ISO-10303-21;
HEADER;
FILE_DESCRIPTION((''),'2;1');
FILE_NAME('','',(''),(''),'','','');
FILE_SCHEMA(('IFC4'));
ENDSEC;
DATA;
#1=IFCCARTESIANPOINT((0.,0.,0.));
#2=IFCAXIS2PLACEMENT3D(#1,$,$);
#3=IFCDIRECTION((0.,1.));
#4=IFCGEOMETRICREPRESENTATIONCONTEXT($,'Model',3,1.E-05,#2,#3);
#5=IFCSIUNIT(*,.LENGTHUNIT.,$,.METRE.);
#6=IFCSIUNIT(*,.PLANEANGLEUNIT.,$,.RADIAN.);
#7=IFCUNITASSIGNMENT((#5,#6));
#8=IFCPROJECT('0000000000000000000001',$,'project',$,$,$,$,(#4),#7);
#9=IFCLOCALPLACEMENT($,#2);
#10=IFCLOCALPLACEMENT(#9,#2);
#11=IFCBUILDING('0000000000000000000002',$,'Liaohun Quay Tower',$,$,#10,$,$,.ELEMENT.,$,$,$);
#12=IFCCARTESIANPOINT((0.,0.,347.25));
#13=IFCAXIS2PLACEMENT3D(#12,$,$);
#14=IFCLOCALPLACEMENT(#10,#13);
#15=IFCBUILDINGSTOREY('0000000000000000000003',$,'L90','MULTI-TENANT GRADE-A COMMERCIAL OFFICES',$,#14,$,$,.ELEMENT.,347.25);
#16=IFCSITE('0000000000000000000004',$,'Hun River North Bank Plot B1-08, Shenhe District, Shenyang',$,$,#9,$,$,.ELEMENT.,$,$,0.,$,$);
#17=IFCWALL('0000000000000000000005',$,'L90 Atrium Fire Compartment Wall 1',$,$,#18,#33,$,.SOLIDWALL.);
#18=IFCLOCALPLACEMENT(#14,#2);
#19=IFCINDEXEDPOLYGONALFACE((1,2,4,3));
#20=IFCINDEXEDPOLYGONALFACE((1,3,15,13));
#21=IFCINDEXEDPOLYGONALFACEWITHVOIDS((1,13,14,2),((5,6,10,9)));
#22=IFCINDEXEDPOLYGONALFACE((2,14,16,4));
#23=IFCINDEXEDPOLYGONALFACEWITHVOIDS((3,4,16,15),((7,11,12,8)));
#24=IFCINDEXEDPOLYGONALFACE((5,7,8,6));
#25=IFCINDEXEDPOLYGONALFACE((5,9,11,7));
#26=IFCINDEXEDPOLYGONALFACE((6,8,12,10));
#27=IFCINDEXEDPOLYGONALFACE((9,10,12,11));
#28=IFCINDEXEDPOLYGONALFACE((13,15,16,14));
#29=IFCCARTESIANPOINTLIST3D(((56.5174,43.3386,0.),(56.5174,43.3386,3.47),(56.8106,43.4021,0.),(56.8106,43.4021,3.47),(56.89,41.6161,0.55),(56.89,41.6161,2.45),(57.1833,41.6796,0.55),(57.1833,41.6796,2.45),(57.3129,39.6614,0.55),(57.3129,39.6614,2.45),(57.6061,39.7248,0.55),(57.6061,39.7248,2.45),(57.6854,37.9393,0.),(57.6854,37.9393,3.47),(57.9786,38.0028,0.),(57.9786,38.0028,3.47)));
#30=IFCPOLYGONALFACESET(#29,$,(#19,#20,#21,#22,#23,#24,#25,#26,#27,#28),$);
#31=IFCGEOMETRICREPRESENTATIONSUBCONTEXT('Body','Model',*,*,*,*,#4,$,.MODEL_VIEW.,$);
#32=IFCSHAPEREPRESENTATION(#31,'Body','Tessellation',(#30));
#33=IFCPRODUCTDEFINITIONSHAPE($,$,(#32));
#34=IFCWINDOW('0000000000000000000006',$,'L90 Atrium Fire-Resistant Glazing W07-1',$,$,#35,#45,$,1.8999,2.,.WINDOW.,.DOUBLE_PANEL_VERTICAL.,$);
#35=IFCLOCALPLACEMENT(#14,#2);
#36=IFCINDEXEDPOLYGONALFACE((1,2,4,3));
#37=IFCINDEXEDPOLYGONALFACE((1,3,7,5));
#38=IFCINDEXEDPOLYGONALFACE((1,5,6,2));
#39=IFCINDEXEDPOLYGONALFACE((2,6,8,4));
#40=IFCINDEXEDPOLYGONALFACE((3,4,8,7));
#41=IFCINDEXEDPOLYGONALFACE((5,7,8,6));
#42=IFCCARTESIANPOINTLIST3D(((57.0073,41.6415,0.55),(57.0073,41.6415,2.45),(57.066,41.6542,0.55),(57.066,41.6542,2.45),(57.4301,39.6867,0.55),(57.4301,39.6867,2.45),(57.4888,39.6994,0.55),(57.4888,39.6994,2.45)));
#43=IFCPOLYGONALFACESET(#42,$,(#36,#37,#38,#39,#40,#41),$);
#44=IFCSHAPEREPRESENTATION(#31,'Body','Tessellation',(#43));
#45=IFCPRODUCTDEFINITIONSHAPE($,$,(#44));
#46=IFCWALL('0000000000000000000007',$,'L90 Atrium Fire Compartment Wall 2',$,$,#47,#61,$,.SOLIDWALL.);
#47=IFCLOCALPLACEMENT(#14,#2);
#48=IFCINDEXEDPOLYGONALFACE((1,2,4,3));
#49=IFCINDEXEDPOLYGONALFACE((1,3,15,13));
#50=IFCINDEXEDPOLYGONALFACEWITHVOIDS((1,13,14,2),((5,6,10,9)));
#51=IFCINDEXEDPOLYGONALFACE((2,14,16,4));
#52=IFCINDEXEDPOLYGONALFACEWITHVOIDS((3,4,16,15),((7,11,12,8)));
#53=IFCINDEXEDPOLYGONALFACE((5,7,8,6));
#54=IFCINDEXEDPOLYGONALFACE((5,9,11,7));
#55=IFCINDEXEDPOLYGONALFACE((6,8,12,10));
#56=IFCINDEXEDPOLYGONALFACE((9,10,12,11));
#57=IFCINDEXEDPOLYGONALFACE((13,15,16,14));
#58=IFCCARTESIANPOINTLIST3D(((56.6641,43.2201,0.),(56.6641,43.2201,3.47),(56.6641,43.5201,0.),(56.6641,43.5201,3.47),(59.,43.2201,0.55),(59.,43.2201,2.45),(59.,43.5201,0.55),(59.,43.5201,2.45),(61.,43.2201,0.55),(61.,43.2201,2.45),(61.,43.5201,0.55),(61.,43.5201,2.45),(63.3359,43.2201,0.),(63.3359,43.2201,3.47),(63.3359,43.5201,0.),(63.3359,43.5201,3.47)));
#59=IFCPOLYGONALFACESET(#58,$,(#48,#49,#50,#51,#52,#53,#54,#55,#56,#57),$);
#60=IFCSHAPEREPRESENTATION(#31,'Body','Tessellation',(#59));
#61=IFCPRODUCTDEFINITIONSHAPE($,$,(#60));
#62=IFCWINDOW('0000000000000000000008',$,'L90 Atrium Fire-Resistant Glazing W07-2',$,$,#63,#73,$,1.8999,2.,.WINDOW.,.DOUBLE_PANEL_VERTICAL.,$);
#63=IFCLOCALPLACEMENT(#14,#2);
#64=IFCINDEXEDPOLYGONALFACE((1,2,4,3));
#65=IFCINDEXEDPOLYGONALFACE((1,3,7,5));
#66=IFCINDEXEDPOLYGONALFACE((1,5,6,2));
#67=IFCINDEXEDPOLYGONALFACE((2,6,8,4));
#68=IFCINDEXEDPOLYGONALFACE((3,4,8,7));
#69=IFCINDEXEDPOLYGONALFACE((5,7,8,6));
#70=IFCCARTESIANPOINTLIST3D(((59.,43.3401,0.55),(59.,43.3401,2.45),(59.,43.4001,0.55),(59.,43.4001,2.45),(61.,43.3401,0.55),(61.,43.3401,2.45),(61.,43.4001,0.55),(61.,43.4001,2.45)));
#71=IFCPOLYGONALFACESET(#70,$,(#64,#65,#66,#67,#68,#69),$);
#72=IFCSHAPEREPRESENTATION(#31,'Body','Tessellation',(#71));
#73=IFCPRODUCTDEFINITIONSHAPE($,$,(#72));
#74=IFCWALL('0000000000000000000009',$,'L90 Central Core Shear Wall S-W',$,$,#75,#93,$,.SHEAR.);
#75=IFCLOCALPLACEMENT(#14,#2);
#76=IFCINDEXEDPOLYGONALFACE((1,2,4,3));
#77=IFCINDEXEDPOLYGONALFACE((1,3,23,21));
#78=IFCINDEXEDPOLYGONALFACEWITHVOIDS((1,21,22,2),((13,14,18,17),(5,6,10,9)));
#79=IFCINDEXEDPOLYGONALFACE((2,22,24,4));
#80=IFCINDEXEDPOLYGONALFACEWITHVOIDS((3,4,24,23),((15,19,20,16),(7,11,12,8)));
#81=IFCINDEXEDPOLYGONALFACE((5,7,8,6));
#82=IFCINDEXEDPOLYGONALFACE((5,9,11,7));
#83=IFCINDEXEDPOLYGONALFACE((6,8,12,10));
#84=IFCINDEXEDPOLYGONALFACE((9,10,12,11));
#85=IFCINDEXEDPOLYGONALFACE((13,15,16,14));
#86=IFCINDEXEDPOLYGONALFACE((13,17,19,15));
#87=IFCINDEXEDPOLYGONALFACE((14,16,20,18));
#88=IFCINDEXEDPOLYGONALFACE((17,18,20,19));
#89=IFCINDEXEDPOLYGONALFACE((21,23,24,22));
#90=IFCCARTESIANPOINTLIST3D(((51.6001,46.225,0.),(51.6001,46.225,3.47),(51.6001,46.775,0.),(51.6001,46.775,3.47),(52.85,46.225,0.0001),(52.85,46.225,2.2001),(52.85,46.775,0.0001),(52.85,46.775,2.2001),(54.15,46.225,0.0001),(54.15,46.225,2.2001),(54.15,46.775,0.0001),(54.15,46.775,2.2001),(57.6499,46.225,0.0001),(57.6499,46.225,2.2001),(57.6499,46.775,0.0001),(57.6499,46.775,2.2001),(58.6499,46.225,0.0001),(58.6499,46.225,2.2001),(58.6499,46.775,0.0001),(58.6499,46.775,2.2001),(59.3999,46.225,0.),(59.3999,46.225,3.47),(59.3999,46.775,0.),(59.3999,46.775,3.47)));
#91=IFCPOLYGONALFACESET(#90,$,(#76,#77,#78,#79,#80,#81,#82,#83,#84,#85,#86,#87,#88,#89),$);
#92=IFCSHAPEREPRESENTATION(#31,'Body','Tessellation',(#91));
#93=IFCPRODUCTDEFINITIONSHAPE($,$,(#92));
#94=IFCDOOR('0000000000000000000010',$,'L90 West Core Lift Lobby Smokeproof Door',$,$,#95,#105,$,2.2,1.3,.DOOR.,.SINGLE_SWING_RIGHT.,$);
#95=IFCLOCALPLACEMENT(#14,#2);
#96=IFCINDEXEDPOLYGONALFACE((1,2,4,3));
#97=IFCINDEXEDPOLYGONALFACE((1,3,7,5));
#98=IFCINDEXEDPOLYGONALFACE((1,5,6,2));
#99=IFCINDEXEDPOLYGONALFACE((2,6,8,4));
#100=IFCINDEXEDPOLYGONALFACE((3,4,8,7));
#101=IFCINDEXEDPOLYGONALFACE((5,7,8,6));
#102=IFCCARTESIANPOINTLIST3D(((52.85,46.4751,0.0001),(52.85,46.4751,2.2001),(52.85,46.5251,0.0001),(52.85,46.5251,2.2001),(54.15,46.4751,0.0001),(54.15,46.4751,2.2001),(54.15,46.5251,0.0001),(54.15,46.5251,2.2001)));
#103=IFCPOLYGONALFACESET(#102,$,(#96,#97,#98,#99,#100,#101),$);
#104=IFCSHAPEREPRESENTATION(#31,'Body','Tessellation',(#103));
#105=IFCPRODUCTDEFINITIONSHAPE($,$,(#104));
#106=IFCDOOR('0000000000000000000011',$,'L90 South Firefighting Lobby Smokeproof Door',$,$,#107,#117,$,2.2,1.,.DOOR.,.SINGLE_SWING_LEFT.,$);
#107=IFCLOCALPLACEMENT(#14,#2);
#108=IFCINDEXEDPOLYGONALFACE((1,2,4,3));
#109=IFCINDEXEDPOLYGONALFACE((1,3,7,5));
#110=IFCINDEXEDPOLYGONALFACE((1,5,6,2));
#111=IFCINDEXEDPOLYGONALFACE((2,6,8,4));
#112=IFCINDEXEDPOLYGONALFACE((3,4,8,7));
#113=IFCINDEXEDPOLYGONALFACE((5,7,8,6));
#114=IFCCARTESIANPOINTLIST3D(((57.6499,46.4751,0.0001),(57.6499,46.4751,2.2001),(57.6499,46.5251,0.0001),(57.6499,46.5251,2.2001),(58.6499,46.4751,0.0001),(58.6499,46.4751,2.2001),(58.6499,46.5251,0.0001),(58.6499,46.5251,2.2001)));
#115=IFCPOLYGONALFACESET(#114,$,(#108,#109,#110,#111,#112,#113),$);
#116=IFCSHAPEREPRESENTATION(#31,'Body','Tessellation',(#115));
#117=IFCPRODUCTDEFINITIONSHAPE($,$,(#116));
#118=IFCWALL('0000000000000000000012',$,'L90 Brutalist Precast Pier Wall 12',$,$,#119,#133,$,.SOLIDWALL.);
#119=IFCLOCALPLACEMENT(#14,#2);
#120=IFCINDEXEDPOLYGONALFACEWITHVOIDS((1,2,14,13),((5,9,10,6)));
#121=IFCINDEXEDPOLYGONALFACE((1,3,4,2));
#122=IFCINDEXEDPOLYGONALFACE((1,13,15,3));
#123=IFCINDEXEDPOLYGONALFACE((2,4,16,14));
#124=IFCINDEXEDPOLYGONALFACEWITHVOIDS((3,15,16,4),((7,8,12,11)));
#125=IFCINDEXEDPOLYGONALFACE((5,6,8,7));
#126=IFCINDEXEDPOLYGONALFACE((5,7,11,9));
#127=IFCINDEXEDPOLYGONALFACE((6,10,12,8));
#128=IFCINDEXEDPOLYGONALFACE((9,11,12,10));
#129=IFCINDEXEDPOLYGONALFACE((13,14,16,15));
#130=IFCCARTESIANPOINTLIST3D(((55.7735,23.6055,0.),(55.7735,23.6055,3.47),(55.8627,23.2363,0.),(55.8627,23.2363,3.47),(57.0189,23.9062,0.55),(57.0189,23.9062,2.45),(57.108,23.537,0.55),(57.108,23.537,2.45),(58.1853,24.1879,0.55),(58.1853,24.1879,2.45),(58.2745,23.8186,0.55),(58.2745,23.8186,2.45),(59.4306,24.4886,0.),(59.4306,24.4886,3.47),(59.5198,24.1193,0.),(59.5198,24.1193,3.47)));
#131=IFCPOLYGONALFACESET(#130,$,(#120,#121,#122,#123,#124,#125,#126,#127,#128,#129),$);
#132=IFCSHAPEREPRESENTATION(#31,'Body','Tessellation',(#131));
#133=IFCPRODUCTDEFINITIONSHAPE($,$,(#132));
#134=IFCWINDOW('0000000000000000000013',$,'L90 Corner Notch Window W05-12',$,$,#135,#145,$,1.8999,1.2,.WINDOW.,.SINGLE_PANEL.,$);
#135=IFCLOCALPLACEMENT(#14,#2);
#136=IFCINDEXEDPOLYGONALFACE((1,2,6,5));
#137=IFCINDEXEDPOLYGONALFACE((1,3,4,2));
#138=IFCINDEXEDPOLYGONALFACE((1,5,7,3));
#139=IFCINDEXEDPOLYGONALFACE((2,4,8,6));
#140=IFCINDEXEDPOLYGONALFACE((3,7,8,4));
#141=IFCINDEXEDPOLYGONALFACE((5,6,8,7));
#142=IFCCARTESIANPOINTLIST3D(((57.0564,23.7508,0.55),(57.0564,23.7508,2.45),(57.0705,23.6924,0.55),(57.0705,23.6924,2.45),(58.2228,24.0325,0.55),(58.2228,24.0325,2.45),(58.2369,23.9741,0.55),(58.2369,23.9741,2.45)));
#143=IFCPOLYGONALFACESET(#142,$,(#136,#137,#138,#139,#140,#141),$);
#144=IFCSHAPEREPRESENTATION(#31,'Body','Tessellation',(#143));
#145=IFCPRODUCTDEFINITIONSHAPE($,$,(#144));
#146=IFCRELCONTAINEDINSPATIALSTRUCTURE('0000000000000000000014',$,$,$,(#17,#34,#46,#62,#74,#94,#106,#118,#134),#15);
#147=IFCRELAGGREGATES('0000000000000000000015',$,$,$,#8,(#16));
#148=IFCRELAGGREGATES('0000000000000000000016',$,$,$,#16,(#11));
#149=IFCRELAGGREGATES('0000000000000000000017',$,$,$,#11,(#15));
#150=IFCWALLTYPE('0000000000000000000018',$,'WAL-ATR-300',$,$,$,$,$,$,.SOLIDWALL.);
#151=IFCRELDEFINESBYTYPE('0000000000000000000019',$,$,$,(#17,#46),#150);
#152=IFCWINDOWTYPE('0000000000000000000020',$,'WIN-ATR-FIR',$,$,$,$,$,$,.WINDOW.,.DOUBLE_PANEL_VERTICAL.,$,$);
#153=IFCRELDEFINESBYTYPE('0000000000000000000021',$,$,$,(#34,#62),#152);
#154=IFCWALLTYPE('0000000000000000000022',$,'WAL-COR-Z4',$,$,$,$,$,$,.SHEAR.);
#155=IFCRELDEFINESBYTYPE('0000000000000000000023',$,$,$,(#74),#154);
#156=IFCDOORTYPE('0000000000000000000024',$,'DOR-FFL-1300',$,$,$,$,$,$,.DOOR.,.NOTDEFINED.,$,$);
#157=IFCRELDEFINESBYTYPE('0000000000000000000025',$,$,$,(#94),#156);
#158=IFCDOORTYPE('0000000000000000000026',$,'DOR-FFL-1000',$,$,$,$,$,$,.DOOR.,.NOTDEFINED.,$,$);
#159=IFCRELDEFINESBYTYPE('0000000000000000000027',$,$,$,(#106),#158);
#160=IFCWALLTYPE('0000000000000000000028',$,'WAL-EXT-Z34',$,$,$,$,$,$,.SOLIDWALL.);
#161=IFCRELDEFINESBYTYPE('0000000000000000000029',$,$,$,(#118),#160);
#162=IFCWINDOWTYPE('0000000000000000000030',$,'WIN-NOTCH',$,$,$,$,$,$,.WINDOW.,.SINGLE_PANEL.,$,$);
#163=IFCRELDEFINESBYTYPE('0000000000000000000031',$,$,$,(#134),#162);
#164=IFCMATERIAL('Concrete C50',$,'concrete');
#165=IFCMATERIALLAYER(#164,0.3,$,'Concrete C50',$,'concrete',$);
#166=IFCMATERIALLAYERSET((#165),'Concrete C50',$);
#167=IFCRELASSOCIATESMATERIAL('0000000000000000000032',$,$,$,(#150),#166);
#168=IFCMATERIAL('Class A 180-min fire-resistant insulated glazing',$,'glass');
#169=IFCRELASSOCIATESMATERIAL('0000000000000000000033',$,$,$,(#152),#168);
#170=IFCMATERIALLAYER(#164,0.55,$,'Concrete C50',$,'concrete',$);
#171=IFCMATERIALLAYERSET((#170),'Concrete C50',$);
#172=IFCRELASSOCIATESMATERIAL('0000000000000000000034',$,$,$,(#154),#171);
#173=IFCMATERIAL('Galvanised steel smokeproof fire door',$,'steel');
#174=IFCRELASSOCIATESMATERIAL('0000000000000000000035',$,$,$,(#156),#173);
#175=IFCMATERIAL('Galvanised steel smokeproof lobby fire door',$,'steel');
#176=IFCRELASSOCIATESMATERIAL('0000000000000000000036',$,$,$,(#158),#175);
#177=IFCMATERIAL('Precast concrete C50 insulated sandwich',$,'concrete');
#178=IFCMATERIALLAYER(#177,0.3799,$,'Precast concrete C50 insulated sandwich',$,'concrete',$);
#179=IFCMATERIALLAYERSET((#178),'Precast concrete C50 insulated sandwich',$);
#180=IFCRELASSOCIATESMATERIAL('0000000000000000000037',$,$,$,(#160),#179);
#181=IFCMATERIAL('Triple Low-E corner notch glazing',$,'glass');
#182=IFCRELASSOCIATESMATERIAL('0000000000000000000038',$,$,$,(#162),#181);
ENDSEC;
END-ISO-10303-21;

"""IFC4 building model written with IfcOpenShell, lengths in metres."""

from ifc_helpers import new_model, si_unit, direction, frame, frame_2d, origin, place, context, subcontext, project, spatial, rectangle, extrude, source, transform, mapped, material, layer, layer_set, type_object, element, fill, save


model = new_model("IFC4")

# Units and contexts
model_context = context("Model", 3, precision=1e-05, world=origin(), true_north=direction((0.0, 1.0)))
body_context = subcontext(model_context, "Body", "Model", "MODEL_VIEW")
ifc_project = project(units=[si_unit("LENGTHUNIT", "METRE"), si_unit("PLANEANGLEUNIT", "RADIAN")], contexts=[model_context])

# Site, building, storey
site_placement = place(None, origin())
site = spatial("IfcSite", under=ifc_project, at=site_placement, Name="Hun River North Bank Plot B1-08, Shenhe District, Shenyang", CompositionType="ELEMENT", RefElevation=0.0)
building_placement = place(site_placement, origin())
building = spatial("IfcBuilding", under=site, at=building_placement, Name="Liaohun Quay Tower", CompositionType="ELEMENT")
storey_placement = place(building_placement, frame((0.0, 0.0, 347.25)))
storey = spatial("IfcBuildingStorey", under=building, at=storey_placement, Name="L90", Description="MULTI-TENANT GRADE-A COMMERCIAL OFFICES", CompositionType="ELEMENT", Elevation=347.25)

# Shared definitions
ifc_material_1 = material(Name="Concrete C50", Category="concrete")

# Walls, openings, windows
ifc_layer_1 = layer(ifc_material_1, 0.3, Name="Concrete C50", Category="concrete")
ifc_layer_set_1 = layer_set([ifc_layer_1], Name="Concrete C50")
wall_type_1 = type_object("IfcWallType", Name="WAL-ATR-300", PredefinedType="SOLIDWALL", material=ifc_layer_set_1)
wall_1_placement = place(storey_placement, frame((57.832, 37.9709, 0.0), z_axis=(0.0, 0.0, 1.0), x_axis=(-0.211433, 0.977392, 0.0)))
wall_1 = element("IfcWall", 1, at=wall_1_placement, inside=storey, type_object=wall_type_1, Name="L90 Atrium Fire Compartment Wall 1", PredefinedType="SOLIDWALL", context=body_context, shape_type="SweptSolid", body=[
    extrude(rectangle(XDim=5.5242, YDim=0.3, at=frame_2d((2.7622, 0.0))), origin(), (0.0, 0.0, 1.0), 3.47),
])
shared_shape_1 = source(origin(), body_context, "Body", "SweptSolid", [
    extrude(rectangle(XDim=2.0, YDim=1.8999, at=frame_2d((1.0, 0.95))), frame((0.0, 0.1599, 0.0), z_axis=(0.0, -1.0, 0.0), x_axis=(1.0, 0.0, 0.0)), (0.0, 0.0, 1.0), 0.3201),
])
opening_1_placement = place(wall_1_placement, frame((1.762, 0.0, 0.55)))
opening_1 = element("IfcOpeningElement", 2, at=opening_1_placement, cuts=wall_1, PredefinedType="OPENING", context=body_context, shape_type="MappedRepresentation", body=[
    mapped(shared_shape_1, transform((0.0, 0.0, 0.0), x_axis=(1.0, 0.0, 0.0), y_axis=(0.0, 1.0, 0.0), z_axis=(0.0, 0.0, 1.0), scale=1.0)),
])
ifc_material_2 = material(Name="Class A 180-min fire-resistant insulated glazing", Category="glass")
window_type_1 = type_object("IfcWindowType", Name="WIN-ATR-FIR", PartitioningType="DOUBLE_PANEL_VERTICAL", PredefinedType="WINDOW", material=ifc_material_2)
shared_shape_2 = source(origin(), body_context, "Body", "SweptSolid", [
    extrude(rectangle(XDim=2.0, YDim=1.8999, at=frame_2d((1.0, 0.95))), frame((0.0, 0.03, 0.0), z_axis=(0.0, -1.0, 0.0), x_axis=(1.0, 0.0, 0.0)), (0.0, 0.0, 1.0), 0.0601),
])
window_1_placement = place(opening_1_placement, origin())
window_1 = element("IfcWindow", 3, at=window_1_placement, inside=storey, type_object=window_type_1, Name="L90 Atrium Fire-Resistant Glazing W07-1", OverallHeight=1.8999, OverallWidth=2.0, PartitioningType="DOUBLE_PANEL_VERTICAL", PredefinedType="WINDOW", context=body_context, shape_type="MappedRepresentation", body=[
    mapped(shared_shape_2, transform((0.0, 0.0, 0.0), x_axis=(1.0, 0.0, 0.0), y_axis=(0.0, 1.0, 0.0), z_axis=(0.0, 0.0, 1.0), scale=1.0)),
])
fill(opening_1, window_1)
wall_2_placement = place(storey_placement, frame((56.6641, 43.3701, 0.0), z_axis=(0.0, 0.0, 1.0), x_axis=(1.0, 0.0, 0.0)))
wall_2 = element("IfcWall", 4, at=wall_2_placement, inside=storey, type_object=wall_type_1, Name="L90 Atrium Fire Compartment Wall 2", PredefinedType="SOLIDWALL", context=body_context, shape_type="SweptSolid", body=[
    extrude(rectangle(XDim=6.6719, YDim=0.3, at=frame_2d((3.3359, 0.0))), origin(), (0.0, 0.0, 1.0), 3.47),
])
opening_2_placement = place(wall_2_placement, frame((2.3359, 0.0, 0.55)))
opening_2 = element("IfcOpeningElement", 5, at=opening_2_placement, cuts=wall_2, PredefinedType="OPENING", context=body_context, shape_type="MappedRepresentation", body=[
    mapped(shared_shape_1, transform((0.0, 0.0, 0.0), x_axis=(1.0, 0.0, 0.0), y_axis=(0.0, 1.0, 0.0), z_axis=(0.0, 0.0, 1.0), scale=1.0)),
])
window_2_placement = place(opening_2_placement, origin())
window_2 = element("IfcWindow", 6, at=window_2_placement, inside=storey, type_object=window_type_1, Name="L90 Atrium Fire-Resistant Glazing W07-2", OverallHeight=1.8999, OverallWidth=2.0, PartitioningType="DOUBLE_PANEL_VERTICAL", PredefinedType="WINDOW", context=body_context, shape_type="MappedRepresentation", body=[
    mapped(shared_shape_2, transform((0.0, 0.0, 0.0), x_axis=(1.0, 0.0, 0.0), y_axis=(0.0, 1.0, 0.0), z_axis=(0.0, 0.0, 1.0), scale=1.0)),
])
fill(opening_2, window_2)

# Wall, openings, doors
ifc_layer_2 = layer(ifc_material_1, 0.55, Name="Concrete C50", Category="concrete")
ifc_layer_set_2 = layer_set([ifc_layer_2], Name="Concrete C50")
wall_type_2 = type_object("IfcWallType", Name="WAL-COR-Z4", PredefinedType="SHEAR", material=ifc_layer_set_2)
wall_3_placement = place(storey_placement, frame((59.3999, 46.5, 0.0), z_axis=(0.0, 0.0, 1.0), x_axis=(-1.0, 0.0, 0.0)))
wall_3 = element("IfcWall", 7, at=wall_3_placement, inside=storey, type_object=wall_type_2, Name="L90 Central Core Shear Wall S-W", PredefinedType="SHEAR", context=body_context, shape_type="SweptSolid", body=[
    extrude(rectangle(XDim=7.7998, YDim=0.55, at=frame_2d((3.8999, 0.0))), origin(), (0.0, 0.0, 1.0), 3.47),
])
shared_shape_3 = source(origin(), body_context, "Body", "SweptSolid", [
    extrude(rectangle(XDim=1.3, YDim=2.2, at=frame_2d((0.6499, 1.1001))), frame((0.0, 0.2849, 0.0), z_axis=(0.0, -1.0, 0.0), x_axis=(1.0, 0.0, 0.0)), (0.0, 0.0, 1.0), 0.5701),
])
opening_3_placement = place(wall_3_placement, frame((5.25, 0.0, 0.0)))
opening_3 = element("IfcOpeningElement", 8, at=opening_3_placement, cuts=wall_3, PredefinedType="OPENING", context=body_context, shape_type="MappedRepresentation", body=[
    mapped(shared_shape_3, transform((0.0, 0.0, 0.0), x_axis=(1.0, 0.0, 0.0), y_axis=(0.0, 1.0, 0.0), z_axis=(0.0, 0.0, 1.0), scale=1.0)),
])
shared_shape_4 = source(origin(), body_context, "Body", "SweptSolid", [
    extrude(rectangle(XDim=1.0, YDim=2.2, at=frame_2d((0.5, 1.1001))), frame((0.0, 0.2849, 0.0), z_axis=(0.0, -1.0, 0.0), x_axis=(1.0, 0.0, 0.0)), (0.0, 0.0, 1.0), 0.5701),
])
opening_4_placement = place(wall_3_placement, frame((0.75, 0.0, 0.0)))
opening_4 = element("IfcOpeningElement", 9, at=opening_4_placement, cuts=wall_3, PredefinedType="OPENING", context=body_context, shape_type="MappedRepresentation", body=[
    mapped(shared_shape_4, transform((0.0, 0.0, 0.0), x_axis=(1.0, 0.0, 0.0), y_axis=(0.0, 1.0, 0.0), z_axis=(0.0, 0.0, 1.0), scale=1.0)),
])
ifc_material_3 = material(Name="Galvanised steel smokeproof fire door", Category="steel")
door_type_1 = type_object("IfcDoorType", Name="DOR-FFL-1300", OperationType="NOTDEFINED", PredefinedType="DOOR", material=ifc_material_3)
shared_shape_5 = source(origin(), body_context, "Body", "SweptSolid", [
    extrude(rectangle(XDim=1.3, YDim=2.2, at=frame_2d((0.6499, 1.1001))), frame((0.0, 0.0249, 0.0), z_axis=(0.0, -1.0, 0.0), x_axis=(1.0, 0.0, 0.0)), (0.0, 0.0, 1.0), 0.05),
])
door_1_placement = place(opening_3_placement, origin())
door_1 = element("IfcDoor", 10, at=door_1_placement, inside=storey, type_object=door_type_1, Name="L90 West Core Lift Lobby Smokeproof Door", OperationType="SINGLE_SWING_RIGHT", OverallHeight=2.2, OverallWidth=1.3, PredefinedType="DOOR", context=body_context, shape_type="MappedRepresentation", body=[
    mapped(shared_shape_5, transform((0.0, 0.0, 0.0), x_axis=(1.0, 0.0, 0.0), y_axis=(0.0, 1.0, 0.0), z_axis=(0.0, 0.0, 1.0), scale=1.0)),
])
fill(opening_3, door_1)
ifc_material_4 = material(Name="Galvanised steel smokeproof lobby fire door", Category="steel")
door_type_2 = type_object("IfcDoorType", Name="DOR-FFL-1000", OperationType="NOTDEFINED", PredefinedType="DOOR", material=ifc_material_4)
shared_shape_6 = source(origin(), body_context, "Body", "SweptSolid", [
    extrude(rectangle(XDim=1.0, YDim=2.2, at=frame_2d((0.5, 1.1001))), frame((0.0, 0.0249, 0.0), z_axis=(0.0, -1.0, 0.0), x_axis=(1.0, 0.0, 0.0)), (0.0, 0.0, 1.0), 0.05),
])
door_2_placement = place(opening_4_placement, origin())
door_2 = element("IfcDoor", 11, at=door_2_placement, inside=storey, type_object=door_type_2, Name="L90 South Firefighting Lobby Smokeproof Door", OperationType="SINGLE_SWING_LEFT", OverallHeight=2.2, OverallWidth=1.0, PredefinedType="DOOR", context=body_context, shape_type="MappedRepresentation", body=[
    mapped(shared_shape_6, transform((0.0, 0.0, 0.0), x_axis=(1.0, 0.0, 0.0), y_axis=(0.0, 1.0, 0.0), z_axis=(0.0, 0.0, 1.0), scale=1.0)),
])
fill(opening_4, door_2)

# Wall, opening, window
ifc_material_5 = material(Name="Precast concrete C50 insulated sandwich", Category="concrete")
ifc_layer_3 = layer(ifc_material_5, 0.3799, Name="Precast concrete C50 insulated sandwich", Category="concrete")
ifc_layer_set_3 = layer_set([ifc_layer_3], Name="Precast concrete C50 insulated sandwich")
wall_type_3 = type_object("IfcWallType", Name="WAL-EXT-Z34", PredefinedType="SOLIDWALL", material=ifc_layer_set_3)
wall_4_placement = place(storey_placement, frame((55.8181, 23.4209, 0.0), z_axis=(0.0, 0.0, 1.0), x_axis=(0.972062, 0.234725, 0.0)))
wall_4 = element("IfcWall", 12, at=wall_4_placement, inside=storey, type_object=wall_type_3, Name="L90 Brutalist Precast Pier Wall 12", PredefinedType="SOLIDWALL", context=body_context, shape_type="SweptSolid", body=[
    extrude(rectangle(XDim=3.7622, YDim=0.3799, at=frame_2d((1.8811, 0.0))), origin(), (0.0, 0.0, 1.0), 3.47),
])
shared_shape_7 = source(origin(), body_context, "Body", "SweptSolid", [
    extrude(rectangle(XDim=1.2, YDim=1.8999, at=frame_2d((0.6001, 0.95))), frame((0.0, 0.2, 0.0), z_axis=(0.0, -1.0, 0.0), x_axis=(1.0, 0.0, 0.0)), (0.0, 0.0, 1.0), 0.3999),
])
opening_5_placement = place(wall_4_placement, frame((1.281, 0.0, 0.55)))
opening_5 = element("IfcOpeningElement", 13, at=opening_5_placement, cuts=wall_4, PredefinedType="OPENING", context=body_context, shape_type="MappedRepresentation", body=[
    mapped(shared_shape_7, transform((0.0, 0.0, 0.0), x_axis=(1.0, 0.0, 0.0), y_axis=(0.0, 1.0, 0.0), z_axis=(0.0, 0.0, 1.0), scale=1.0)),
])
ifc_material_6 = material(Name="Triple Low-E corner notch glazing", Category="glass")
window_type_2 = type_object("IfcWindowType", Name="WIN-NOTCH", PartitioningType="SINGLE_PANEL", PredefinedType="WINDOW", material=ifc_material_6)
shared_shape_8 = source(origin(), body_context, "Body", "SweptSolid", [
    extrude(rectangle(XDim=1.2, YDim=1.8999, at=frame_2d((0.6001, 0.95))), frame((0.0, 0.03, 0.0), z_axis=(0.0, -1.0, 0.0), x_axis=(1.0, 0.0, 0.0)), (0.0, 0.0, 1.0), 0.0601),
])
window_3_placement = place(opening_5_placement, origin())
window_3 = element("IfcWindow", 14, at=window_3_placement, inside=storey, type_object=window_type_2, Name="L90 Corner Notch Window W05-12", OverallHeight=1.8999, OverallWidth=1.2, PartitioningType="SINGLE_PANEL", PredefinedType="WINDOW", context=body_context, shape_type="MappedRepresentation", body=[
    mapped(shared_shape_8, transform((0.0, 0.0, 0.0), x_axis=(1.0, 0.0, 0.0), y_axis=(0.0, 1.0, 0.0), z_axis=(0.0, 0.0, 1.0), scale=1.0)),
])
fill(opening_5, window_3)

save(model, "model.ifc")
